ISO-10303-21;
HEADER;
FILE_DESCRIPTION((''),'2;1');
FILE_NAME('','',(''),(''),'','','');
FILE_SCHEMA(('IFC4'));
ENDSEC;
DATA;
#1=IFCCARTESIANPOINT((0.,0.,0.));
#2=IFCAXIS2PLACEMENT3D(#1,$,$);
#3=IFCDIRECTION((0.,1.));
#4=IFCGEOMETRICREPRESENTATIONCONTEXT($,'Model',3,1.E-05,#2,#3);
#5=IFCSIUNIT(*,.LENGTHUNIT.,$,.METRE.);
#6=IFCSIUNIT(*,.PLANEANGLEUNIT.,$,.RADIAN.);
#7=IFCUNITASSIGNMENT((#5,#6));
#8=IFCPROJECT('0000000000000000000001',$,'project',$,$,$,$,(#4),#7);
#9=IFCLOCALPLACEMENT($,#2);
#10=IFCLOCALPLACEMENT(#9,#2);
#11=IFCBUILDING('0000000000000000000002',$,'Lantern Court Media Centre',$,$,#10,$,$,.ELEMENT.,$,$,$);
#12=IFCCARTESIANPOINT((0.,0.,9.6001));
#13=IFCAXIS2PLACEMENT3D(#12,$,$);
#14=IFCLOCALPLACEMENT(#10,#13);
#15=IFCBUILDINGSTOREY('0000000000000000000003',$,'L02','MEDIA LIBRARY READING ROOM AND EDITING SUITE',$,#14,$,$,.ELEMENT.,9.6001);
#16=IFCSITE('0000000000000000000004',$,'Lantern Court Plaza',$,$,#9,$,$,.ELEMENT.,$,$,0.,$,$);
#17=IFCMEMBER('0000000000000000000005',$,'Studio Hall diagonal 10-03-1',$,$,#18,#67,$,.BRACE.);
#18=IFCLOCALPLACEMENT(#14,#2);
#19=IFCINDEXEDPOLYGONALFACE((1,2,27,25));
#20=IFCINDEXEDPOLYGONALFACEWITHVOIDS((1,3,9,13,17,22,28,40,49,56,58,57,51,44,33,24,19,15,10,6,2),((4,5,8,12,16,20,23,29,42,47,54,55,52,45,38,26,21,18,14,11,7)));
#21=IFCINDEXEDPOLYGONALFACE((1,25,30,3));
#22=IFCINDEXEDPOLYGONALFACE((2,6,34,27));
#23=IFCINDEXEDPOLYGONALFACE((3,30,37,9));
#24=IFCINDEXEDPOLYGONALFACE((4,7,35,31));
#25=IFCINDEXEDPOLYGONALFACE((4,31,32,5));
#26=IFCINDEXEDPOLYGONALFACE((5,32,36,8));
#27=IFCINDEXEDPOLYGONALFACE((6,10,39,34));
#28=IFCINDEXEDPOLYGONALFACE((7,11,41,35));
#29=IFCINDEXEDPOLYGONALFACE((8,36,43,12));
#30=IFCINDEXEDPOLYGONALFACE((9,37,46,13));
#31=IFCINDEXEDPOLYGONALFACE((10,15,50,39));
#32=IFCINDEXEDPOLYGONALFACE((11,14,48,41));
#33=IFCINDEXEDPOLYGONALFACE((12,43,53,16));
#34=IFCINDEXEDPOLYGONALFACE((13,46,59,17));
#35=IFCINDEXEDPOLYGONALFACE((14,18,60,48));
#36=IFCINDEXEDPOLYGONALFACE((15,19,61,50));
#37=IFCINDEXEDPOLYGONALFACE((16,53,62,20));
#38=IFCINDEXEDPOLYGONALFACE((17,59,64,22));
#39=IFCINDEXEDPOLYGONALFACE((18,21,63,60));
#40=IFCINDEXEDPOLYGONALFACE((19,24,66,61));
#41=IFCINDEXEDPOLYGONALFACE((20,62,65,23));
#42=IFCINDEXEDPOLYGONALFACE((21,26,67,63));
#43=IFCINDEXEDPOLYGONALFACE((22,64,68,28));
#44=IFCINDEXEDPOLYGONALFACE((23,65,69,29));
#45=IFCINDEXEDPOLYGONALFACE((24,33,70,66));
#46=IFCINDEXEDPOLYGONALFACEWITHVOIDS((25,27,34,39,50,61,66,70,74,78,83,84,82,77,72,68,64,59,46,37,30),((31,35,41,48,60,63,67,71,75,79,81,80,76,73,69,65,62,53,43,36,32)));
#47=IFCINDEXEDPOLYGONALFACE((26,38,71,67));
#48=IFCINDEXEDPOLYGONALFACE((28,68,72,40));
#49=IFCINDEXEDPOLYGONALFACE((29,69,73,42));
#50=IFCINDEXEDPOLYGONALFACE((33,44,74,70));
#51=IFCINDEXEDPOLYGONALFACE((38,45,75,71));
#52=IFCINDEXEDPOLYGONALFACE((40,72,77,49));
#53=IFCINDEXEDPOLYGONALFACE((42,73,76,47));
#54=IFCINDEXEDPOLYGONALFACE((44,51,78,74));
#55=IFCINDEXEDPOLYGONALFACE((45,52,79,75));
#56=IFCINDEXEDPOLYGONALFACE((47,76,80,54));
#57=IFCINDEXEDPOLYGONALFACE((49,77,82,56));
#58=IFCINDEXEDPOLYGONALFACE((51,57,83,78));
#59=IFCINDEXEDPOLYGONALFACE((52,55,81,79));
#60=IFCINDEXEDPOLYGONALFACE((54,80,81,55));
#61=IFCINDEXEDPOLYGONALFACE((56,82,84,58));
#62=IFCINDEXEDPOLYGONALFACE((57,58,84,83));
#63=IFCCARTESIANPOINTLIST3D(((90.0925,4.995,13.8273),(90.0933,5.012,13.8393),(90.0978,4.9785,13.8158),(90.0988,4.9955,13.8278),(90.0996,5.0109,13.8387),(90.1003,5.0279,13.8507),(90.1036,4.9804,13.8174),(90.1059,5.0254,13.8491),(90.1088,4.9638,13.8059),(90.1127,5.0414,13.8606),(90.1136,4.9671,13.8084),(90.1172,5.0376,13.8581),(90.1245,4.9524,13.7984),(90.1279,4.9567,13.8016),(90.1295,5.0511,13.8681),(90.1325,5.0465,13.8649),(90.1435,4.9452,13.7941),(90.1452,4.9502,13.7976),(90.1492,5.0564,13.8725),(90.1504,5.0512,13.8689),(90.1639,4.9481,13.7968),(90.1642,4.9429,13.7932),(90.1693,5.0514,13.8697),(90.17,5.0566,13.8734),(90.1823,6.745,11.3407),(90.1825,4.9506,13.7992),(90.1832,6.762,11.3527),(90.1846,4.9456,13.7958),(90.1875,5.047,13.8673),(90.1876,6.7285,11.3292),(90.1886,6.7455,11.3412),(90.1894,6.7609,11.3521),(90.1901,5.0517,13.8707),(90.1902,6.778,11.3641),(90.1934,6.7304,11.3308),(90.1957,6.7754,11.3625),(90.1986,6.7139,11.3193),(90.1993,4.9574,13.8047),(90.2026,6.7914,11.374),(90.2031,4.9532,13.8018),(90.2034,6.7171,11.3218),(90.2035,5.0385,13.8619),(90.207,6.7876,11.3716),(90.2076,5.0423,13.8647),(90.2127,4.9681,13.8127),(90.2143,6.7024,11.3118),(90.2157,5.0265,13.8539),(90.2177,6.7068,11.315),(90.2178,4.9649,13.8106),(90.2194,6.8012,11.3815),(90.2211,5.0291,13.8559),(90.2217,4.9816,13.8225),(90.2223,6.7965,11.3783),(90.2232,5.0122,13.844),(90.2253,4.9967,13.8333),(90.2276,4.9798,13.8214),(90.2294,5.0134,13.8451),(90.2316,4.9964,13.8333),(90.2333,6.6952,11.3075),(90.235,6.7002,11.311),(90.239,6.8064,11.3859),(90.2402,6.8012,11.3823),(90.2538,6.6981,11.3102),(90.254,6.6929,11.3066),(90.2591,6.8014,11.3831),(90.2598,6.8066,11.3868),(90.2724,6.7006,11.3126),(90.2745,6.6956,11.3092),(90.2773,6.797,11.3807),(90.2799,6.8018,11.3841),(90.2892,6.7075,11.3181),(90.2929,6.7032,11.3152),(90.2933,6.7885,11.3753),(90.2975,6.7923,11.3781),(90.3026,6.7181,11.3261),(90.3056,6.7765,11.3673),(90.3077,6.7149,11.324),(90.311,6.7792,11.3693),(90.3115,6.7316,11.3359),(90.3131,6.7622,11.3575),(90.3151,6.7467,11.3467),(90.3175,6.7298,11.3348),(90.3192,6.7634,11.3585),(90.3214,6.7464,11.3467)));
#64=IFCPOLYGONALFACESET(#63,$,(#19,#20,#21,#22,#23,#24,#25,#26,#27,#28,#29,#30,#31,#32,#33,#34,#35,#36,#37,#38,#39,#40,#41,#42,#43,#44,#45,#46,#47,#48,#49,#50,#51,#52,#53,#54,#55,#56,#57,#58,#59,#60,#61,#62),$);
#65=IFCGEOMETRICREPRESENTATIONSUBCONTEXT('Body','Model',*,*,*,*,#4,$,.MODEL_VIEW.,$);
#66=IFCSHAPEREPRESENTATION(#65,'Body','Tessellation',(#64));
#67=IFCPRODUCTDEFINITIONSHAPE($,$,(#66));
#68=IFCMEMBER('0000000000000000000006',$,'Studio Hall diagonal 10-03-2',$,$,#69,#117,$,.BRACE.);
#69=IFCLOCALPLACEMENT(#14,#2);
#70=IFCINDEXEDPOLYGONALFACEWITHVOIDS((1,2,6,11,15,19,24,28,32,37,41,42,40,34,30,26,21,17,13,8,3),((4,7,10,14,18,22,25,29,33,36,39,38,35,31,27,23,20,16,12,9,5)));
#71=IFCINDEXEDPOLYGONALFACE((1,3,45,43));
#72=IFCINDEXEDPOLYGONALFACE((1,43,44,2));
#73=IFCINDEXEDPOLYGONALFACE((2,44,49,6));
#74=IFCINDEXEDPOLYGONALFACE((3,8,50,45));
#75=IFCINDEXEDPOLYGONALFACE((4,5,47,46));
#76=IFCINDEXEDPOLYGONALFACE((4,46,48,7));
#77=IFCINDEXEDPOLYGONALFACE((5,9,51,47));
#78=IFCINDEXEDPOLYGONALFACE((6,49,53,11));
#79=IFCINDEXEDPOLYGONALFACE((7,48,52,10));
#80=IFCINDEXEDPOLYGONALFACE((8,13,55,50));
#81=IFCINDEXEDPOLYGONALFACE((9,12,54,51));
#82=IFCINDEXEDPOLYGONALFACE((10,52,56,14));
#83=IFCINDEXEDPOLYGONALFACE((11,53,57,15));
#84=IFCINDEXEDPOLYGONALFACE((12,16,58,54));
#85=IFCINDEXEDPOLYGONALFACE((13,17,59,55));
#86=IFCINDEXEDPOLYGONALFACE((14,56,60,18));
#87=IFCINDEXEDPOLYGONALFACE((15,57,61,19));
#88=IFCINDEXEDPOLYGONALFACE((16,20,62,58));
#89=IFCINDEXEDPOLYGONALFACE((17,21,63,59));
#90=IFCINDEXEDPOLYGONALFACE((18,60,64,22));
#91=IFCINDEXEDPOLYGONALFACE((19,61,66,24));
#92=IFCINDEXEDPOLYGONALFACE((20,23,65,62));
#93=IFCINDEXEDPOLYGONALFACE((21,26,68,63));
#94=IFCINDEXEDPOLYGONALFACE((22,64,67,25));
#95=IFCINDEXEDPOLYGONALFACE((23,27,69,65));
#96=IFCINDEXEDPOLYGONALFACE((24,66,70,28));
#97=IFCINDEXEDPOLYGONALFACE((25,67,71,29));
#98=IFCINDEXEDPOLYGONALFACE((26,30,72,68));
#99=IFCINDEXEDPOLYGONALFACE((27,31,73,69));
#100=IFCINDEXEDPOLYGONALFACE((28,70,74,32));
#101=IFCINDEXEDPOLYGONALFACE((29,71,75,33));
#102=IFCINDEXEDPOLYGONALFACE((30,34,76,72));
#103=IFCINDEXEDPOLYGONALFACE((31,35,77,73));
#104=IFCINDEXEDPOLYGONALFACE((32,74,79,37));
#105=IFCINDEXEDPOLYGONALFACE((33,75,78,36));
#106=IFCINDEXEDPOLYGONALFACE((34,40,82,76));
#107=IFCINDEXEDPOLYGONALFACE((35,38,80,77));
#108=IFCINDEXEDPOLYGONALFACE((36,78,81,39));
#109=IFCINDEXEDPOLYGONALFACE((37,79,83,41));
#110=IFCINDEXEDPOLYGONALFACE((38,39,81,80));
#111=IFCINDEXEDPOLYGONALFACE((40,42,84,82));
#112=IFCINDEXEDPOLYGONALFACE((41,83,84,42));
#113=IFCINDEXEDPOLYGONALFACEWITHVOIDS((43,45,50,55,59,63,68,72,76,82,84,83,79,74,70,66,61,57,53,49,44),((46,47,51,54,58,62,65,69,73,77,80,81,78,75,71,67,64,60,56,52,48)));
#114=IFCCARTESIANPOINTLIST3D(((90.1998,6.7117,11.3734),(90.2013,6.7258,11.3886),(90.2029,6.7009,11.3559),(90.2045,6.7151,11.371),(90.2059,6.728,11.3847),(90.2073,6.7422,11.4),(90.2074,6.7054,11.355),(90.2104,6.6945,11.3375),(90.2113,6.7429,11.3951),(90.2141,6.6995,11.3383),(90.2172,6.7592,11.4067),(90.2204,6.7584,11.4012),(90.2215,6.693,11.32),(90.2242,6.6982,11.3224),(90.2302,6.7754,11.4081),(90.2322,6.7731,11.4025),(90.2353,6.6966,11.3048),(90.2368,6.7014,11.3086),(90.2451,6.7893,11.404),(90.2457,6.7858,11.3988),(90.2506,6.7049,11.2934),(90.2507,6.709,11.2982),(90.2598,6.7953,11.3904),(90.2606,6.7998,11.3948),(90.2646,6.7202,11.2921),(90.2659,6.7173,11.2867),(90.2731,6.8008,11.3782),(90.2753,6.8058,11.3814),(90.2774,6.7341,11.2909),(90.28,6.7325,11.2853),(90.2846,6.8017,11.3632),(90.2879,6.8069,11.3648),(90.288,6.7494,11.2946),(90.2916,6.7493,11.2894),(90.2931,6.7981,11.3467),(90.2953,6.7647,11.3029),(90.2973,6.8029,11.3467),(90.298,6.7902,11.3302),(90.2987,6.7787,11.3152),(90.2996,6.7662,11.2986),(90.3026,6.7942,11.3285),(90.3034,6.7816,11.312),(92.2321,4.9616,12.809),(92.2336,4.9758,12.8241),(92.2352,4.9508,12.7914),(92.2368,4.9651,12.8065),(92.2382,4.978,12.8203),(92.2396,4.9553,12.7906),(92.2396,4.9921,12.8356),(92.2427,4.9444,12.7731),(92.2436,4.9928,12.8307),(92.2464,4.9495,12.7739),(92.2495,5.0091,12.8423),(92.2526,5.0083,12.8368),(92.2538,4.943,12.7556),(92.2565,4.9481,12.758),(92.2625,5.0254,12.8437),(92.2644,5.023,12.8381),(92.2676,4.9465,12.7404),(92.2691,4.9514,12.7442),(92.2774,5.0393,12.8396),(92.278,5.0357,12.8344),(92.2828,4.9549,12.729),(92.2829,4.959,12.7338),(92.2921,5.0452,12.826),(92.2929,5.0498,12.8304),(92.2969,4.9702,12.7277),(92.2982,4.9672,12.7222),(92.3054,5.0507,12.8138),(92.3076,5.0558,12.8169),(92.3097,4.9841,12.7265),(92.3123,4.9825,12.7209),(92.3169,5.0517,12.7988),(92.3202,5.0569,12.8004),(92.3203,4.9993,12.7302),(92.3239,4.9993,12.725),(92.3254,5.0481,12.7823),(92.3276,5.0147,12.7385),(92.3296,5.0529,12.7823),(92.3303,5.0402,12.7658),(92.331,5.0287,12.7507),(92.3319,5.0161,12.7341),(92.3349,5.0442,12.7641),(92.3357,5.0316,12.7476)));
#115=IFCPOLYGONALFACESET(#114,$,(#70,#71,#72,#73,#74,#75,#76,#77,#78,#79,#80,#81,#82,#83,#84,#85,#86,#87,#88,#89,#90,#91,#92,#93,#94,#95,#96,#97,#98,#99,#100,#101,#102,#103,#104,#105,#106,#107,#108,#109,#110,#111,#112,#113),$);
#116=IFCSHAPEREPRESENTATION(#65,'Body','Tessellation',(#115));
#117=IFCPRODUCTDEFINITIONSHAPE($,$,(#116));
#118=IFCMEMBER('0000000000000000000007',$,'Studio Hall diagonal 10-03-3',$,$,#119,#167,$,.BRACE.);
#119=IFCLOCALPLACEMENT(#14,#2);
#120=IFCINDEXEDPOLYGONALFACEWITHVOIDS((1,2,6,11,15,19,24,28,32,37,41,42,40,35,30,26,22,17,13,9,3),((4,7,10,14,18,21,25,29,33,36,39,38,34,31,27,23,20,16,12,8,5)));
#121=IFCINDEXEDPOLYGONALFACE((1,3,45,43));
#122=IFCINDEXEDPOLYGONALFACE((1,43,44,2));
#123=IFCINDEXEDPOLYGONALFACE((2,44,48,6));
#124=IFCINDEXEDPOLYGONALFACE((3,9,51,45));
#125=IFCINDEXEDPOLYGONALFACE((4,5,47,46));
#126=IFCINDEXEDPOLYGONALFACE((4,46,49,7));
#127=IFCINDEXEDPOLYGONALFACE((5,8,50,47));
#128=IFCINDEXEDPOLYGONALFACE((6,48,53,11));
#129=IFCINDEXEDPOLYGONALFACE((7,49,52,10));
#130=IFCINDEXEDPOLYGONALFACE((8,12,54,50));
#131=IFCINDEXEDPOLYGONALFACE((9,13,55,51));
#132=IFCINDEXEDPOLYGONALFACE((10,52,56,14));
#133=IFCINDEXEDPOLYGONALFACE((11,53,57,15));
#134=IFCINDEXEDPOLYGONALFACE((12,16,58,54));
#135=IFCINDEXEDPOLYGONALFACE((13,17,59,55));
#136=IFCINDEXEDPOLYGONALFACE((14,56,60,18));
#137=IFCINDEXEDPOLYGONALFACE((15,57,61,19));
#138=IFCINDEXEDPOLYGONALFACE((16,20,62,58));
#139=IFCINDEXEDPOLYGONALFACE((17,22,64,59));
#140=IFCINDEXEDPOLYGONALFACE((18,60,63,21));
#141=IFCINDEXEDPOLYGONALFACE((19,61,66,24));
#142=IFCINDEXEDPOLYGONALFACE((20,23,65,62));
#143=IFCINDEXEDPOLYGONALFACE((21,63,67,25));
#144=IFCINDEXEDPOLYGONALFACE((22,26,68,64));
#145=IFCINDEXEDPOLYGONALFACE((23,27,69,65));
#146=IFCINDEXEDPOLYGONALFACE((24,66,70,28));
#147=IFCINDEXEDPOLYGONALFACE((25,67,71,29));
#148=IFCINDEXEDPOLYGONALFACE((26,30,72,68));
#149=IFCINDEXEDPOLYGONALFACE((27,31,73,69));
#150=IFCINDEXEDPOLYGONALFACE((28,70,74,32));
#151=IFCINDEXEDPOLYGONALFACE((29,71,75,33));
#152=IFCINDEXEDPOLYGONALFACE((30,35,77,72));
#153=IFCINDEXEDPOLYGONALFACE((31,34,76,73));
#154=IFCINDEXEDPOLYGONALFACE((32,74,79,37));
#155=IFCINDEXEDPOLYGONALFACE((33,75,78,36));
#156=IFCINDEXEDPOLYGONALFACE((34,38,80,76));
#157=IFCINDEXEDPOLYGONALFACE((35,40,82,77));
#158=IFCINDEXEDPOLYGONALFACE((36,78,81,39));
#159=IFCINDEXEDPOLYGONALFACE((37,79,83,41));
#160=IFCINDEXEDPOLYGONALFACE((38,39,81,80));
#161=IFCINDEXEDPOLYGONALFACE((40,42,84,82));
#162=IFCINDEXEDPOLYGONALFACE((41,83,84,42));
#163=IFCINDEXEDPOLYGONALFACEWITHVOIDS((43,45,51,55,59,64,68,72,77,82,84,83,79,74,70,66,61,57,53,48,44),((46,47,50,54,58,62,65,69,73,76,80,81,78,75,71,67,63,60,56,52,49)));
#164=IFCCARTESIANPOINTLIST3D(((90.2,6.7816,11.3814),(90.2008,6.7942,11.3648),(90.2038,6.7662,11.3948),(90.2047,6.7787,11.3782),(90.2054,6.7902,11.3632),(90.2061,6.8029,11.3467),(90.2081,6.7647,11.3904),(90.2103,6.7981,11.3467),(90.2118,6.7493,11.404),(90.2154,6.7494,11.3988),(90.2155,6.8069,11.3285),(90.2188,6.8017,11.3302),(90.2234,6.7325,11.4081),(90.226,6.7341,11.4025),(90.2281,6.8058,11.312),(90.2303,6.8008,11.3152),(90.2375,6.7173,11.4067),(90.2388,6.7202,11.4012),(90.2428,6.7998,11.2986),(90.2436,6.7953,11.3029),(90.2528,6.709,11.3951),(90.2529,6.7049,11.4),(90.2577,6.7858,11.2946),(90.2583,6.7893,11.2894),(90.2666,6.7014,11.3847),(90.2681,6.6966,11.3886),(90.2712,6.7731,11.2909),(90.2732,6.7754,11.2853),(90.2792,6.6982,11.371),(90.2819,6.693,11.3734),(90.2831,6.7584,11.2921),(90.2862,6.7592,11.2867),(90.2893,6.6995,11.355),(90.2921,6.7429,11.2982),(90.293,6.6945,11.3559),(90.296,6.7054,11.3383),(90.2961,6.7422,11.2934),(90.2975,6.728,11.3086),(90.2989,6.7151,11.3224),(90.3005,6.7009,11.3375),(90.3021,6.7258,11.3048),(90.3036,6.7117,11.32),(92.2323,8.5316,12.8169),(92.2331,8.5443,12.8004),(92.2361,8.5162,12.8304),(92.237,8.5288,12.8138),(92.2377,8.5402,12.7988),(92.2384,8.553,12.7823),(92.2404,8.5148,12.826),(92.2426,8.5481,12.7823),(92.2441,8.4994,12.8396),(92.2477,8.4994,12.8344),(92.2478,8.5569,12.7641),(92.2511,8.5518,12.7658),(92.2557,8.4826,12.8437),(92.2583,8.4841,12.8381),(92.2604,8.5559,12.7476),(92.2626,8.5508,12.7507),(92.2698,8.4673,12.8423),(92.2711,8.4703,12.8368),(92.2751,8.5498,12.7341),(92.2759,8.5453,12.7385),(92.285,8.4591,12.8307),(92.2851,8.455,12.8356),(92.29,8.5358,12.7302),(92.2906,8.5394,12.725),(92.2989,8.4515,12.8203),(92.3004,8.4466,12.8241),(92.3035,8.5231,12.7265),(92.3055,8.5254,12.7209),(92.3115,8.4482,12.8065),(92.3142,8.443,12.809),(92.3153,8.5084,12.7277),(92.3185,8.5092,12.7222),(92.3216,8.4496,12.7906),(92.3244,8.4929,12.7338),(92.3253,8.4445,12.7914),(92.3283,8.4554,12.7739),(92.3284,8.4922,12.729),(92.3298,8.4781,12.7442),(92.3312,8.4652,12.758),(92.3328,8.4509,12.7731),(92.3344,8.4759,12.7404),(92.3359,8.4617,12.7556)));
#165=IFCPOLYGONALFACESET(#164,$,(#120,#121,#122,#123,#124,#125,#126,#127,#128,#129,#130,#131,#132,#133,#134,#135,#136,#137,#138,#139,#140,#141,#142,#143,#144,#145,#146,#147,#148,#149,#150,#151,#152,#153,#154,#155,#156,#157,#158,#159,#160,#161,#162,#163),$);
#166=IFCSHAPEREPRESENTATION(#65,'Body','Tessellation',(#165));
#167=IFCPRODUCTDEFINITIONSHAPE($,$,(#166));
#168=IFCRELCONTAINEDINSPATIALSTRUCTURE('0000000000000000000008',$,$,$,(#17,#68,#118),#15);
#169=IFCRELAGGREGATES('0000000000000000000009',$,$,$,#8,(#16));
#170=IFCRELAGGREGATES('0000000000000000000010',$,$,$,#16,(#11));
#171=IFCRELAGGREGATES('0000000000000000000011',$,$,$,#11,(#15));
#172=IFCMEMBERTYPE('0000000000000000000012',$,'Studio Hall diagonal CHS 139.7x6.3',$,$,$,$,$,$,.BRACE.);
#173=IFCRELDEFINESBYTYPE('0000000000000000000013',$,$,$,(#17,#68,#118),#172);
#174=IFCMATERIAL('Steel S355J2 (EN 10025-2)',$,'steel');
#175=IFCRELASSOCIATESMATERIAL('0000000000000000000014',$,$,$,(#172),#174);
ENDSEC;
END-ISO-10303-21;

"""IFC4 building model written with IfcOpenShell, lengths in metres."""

from ifc_helpers import new_model, si_unit, direction, frame, origin, origin_2d, place, context, subcontext, project, spatial, hollow_circle, extrude, material, material_profile, profile_set, type_object, element, save


model = new_model("IFC4")

# Units and contexts
model_context = context("Model", 3, precision=1e-05, world=origin(), true_north=direction((0.0, 1.0)))
body_context = subcontext(model_context, "Body", "Model", "MODEL_VIEW")
ifc_project = project(units=[si_unit("LENGTHUNIT", "METRE"), si_unit("PLANEANGLEUNIT", "RADIAN")], contexts=[model_context])

# Site, building, storey
site_placement = place(None, origin())
site = spatial("IfcSite", under=ifc_project, at=site_placement, Name="Lantern Court Plaza", CompositionType="ELEMENT", RefElevation=0.0)
building_placement = place(site_placement, origin())
building = spatial("IfcBuilding", under=site, at=building_placement, Name="Lantern Court Media Centre", CompositionType="ELEMENT")
storey_placement = place(building_placement, frame((0.0, 0.0, 9.6001)))
storey = spatial("IfcBuildingStorey", under=building, at=storey_placement, Name="L02", Description="MEDIA LIBRARY READING ROOM AND EDITING SUITE", CompositionType="ELEMENT", Elevation=9.6001)

# Members
ifc_material = material(Name="Steel S355J2 (EN 10025-2)", Category="steel")
ifc_material_profile_1 = material_profile(ifc_material, hollow_circle(Radius=0.0698, WallThickness=0.0063, at=origin_2d()), Name="Studio Hall diagonal CHS 139.7x6.3")
ifc_profile_set_1 = profile_set([ifc_material_profile_1], Name="Steel S355J2 (EN 10025-2)")
member_type_1 = type_object("IfcMemberType", Name="Studio Hall diagonal CHS 139.7x6.3", PredefinedType="BRACE", material=ifc_profile_set_1)
for number, where, z_axis, x_axis, name in (
    (1, (90.2517, 6.75, 11.3467), (-0.029535, -0.575284, 0.81742), (0.998685, -0.051272, 0.0), "Studio Hall diagonal 10-03-1"),
    (2, (90.2517, 6.75, 11.3467), (0.668075, -0.575296, 0.471922), (0.652529, 0.757764, 0.0), "Studio Hall diagonal 10-03-2"),
    (3, (90.2517, 6.75, 11.3467), (0.668075, 0.575296, 0.471922), (-0.652529, 0.757764, 0.0), "Studio Hall diagonal 10-03-3"),
):
    element("IfcMember", number, at=place(storey_placement, frame(where, z_axis=z_axis, x_axis=x_axis)), inside=storey, type_object=member_type_1, Name=name, PredefinedType="BRACE", context=body_context, shape_type="SweptSolid", body=[
        extrude(hollow_circle(Radius=0.0698, WallThickness=0.0063, at=origin_2d()), origin(), (0.0, 0.0, 1.0), 3.042),
    ])

save(model, "model.ifc")
